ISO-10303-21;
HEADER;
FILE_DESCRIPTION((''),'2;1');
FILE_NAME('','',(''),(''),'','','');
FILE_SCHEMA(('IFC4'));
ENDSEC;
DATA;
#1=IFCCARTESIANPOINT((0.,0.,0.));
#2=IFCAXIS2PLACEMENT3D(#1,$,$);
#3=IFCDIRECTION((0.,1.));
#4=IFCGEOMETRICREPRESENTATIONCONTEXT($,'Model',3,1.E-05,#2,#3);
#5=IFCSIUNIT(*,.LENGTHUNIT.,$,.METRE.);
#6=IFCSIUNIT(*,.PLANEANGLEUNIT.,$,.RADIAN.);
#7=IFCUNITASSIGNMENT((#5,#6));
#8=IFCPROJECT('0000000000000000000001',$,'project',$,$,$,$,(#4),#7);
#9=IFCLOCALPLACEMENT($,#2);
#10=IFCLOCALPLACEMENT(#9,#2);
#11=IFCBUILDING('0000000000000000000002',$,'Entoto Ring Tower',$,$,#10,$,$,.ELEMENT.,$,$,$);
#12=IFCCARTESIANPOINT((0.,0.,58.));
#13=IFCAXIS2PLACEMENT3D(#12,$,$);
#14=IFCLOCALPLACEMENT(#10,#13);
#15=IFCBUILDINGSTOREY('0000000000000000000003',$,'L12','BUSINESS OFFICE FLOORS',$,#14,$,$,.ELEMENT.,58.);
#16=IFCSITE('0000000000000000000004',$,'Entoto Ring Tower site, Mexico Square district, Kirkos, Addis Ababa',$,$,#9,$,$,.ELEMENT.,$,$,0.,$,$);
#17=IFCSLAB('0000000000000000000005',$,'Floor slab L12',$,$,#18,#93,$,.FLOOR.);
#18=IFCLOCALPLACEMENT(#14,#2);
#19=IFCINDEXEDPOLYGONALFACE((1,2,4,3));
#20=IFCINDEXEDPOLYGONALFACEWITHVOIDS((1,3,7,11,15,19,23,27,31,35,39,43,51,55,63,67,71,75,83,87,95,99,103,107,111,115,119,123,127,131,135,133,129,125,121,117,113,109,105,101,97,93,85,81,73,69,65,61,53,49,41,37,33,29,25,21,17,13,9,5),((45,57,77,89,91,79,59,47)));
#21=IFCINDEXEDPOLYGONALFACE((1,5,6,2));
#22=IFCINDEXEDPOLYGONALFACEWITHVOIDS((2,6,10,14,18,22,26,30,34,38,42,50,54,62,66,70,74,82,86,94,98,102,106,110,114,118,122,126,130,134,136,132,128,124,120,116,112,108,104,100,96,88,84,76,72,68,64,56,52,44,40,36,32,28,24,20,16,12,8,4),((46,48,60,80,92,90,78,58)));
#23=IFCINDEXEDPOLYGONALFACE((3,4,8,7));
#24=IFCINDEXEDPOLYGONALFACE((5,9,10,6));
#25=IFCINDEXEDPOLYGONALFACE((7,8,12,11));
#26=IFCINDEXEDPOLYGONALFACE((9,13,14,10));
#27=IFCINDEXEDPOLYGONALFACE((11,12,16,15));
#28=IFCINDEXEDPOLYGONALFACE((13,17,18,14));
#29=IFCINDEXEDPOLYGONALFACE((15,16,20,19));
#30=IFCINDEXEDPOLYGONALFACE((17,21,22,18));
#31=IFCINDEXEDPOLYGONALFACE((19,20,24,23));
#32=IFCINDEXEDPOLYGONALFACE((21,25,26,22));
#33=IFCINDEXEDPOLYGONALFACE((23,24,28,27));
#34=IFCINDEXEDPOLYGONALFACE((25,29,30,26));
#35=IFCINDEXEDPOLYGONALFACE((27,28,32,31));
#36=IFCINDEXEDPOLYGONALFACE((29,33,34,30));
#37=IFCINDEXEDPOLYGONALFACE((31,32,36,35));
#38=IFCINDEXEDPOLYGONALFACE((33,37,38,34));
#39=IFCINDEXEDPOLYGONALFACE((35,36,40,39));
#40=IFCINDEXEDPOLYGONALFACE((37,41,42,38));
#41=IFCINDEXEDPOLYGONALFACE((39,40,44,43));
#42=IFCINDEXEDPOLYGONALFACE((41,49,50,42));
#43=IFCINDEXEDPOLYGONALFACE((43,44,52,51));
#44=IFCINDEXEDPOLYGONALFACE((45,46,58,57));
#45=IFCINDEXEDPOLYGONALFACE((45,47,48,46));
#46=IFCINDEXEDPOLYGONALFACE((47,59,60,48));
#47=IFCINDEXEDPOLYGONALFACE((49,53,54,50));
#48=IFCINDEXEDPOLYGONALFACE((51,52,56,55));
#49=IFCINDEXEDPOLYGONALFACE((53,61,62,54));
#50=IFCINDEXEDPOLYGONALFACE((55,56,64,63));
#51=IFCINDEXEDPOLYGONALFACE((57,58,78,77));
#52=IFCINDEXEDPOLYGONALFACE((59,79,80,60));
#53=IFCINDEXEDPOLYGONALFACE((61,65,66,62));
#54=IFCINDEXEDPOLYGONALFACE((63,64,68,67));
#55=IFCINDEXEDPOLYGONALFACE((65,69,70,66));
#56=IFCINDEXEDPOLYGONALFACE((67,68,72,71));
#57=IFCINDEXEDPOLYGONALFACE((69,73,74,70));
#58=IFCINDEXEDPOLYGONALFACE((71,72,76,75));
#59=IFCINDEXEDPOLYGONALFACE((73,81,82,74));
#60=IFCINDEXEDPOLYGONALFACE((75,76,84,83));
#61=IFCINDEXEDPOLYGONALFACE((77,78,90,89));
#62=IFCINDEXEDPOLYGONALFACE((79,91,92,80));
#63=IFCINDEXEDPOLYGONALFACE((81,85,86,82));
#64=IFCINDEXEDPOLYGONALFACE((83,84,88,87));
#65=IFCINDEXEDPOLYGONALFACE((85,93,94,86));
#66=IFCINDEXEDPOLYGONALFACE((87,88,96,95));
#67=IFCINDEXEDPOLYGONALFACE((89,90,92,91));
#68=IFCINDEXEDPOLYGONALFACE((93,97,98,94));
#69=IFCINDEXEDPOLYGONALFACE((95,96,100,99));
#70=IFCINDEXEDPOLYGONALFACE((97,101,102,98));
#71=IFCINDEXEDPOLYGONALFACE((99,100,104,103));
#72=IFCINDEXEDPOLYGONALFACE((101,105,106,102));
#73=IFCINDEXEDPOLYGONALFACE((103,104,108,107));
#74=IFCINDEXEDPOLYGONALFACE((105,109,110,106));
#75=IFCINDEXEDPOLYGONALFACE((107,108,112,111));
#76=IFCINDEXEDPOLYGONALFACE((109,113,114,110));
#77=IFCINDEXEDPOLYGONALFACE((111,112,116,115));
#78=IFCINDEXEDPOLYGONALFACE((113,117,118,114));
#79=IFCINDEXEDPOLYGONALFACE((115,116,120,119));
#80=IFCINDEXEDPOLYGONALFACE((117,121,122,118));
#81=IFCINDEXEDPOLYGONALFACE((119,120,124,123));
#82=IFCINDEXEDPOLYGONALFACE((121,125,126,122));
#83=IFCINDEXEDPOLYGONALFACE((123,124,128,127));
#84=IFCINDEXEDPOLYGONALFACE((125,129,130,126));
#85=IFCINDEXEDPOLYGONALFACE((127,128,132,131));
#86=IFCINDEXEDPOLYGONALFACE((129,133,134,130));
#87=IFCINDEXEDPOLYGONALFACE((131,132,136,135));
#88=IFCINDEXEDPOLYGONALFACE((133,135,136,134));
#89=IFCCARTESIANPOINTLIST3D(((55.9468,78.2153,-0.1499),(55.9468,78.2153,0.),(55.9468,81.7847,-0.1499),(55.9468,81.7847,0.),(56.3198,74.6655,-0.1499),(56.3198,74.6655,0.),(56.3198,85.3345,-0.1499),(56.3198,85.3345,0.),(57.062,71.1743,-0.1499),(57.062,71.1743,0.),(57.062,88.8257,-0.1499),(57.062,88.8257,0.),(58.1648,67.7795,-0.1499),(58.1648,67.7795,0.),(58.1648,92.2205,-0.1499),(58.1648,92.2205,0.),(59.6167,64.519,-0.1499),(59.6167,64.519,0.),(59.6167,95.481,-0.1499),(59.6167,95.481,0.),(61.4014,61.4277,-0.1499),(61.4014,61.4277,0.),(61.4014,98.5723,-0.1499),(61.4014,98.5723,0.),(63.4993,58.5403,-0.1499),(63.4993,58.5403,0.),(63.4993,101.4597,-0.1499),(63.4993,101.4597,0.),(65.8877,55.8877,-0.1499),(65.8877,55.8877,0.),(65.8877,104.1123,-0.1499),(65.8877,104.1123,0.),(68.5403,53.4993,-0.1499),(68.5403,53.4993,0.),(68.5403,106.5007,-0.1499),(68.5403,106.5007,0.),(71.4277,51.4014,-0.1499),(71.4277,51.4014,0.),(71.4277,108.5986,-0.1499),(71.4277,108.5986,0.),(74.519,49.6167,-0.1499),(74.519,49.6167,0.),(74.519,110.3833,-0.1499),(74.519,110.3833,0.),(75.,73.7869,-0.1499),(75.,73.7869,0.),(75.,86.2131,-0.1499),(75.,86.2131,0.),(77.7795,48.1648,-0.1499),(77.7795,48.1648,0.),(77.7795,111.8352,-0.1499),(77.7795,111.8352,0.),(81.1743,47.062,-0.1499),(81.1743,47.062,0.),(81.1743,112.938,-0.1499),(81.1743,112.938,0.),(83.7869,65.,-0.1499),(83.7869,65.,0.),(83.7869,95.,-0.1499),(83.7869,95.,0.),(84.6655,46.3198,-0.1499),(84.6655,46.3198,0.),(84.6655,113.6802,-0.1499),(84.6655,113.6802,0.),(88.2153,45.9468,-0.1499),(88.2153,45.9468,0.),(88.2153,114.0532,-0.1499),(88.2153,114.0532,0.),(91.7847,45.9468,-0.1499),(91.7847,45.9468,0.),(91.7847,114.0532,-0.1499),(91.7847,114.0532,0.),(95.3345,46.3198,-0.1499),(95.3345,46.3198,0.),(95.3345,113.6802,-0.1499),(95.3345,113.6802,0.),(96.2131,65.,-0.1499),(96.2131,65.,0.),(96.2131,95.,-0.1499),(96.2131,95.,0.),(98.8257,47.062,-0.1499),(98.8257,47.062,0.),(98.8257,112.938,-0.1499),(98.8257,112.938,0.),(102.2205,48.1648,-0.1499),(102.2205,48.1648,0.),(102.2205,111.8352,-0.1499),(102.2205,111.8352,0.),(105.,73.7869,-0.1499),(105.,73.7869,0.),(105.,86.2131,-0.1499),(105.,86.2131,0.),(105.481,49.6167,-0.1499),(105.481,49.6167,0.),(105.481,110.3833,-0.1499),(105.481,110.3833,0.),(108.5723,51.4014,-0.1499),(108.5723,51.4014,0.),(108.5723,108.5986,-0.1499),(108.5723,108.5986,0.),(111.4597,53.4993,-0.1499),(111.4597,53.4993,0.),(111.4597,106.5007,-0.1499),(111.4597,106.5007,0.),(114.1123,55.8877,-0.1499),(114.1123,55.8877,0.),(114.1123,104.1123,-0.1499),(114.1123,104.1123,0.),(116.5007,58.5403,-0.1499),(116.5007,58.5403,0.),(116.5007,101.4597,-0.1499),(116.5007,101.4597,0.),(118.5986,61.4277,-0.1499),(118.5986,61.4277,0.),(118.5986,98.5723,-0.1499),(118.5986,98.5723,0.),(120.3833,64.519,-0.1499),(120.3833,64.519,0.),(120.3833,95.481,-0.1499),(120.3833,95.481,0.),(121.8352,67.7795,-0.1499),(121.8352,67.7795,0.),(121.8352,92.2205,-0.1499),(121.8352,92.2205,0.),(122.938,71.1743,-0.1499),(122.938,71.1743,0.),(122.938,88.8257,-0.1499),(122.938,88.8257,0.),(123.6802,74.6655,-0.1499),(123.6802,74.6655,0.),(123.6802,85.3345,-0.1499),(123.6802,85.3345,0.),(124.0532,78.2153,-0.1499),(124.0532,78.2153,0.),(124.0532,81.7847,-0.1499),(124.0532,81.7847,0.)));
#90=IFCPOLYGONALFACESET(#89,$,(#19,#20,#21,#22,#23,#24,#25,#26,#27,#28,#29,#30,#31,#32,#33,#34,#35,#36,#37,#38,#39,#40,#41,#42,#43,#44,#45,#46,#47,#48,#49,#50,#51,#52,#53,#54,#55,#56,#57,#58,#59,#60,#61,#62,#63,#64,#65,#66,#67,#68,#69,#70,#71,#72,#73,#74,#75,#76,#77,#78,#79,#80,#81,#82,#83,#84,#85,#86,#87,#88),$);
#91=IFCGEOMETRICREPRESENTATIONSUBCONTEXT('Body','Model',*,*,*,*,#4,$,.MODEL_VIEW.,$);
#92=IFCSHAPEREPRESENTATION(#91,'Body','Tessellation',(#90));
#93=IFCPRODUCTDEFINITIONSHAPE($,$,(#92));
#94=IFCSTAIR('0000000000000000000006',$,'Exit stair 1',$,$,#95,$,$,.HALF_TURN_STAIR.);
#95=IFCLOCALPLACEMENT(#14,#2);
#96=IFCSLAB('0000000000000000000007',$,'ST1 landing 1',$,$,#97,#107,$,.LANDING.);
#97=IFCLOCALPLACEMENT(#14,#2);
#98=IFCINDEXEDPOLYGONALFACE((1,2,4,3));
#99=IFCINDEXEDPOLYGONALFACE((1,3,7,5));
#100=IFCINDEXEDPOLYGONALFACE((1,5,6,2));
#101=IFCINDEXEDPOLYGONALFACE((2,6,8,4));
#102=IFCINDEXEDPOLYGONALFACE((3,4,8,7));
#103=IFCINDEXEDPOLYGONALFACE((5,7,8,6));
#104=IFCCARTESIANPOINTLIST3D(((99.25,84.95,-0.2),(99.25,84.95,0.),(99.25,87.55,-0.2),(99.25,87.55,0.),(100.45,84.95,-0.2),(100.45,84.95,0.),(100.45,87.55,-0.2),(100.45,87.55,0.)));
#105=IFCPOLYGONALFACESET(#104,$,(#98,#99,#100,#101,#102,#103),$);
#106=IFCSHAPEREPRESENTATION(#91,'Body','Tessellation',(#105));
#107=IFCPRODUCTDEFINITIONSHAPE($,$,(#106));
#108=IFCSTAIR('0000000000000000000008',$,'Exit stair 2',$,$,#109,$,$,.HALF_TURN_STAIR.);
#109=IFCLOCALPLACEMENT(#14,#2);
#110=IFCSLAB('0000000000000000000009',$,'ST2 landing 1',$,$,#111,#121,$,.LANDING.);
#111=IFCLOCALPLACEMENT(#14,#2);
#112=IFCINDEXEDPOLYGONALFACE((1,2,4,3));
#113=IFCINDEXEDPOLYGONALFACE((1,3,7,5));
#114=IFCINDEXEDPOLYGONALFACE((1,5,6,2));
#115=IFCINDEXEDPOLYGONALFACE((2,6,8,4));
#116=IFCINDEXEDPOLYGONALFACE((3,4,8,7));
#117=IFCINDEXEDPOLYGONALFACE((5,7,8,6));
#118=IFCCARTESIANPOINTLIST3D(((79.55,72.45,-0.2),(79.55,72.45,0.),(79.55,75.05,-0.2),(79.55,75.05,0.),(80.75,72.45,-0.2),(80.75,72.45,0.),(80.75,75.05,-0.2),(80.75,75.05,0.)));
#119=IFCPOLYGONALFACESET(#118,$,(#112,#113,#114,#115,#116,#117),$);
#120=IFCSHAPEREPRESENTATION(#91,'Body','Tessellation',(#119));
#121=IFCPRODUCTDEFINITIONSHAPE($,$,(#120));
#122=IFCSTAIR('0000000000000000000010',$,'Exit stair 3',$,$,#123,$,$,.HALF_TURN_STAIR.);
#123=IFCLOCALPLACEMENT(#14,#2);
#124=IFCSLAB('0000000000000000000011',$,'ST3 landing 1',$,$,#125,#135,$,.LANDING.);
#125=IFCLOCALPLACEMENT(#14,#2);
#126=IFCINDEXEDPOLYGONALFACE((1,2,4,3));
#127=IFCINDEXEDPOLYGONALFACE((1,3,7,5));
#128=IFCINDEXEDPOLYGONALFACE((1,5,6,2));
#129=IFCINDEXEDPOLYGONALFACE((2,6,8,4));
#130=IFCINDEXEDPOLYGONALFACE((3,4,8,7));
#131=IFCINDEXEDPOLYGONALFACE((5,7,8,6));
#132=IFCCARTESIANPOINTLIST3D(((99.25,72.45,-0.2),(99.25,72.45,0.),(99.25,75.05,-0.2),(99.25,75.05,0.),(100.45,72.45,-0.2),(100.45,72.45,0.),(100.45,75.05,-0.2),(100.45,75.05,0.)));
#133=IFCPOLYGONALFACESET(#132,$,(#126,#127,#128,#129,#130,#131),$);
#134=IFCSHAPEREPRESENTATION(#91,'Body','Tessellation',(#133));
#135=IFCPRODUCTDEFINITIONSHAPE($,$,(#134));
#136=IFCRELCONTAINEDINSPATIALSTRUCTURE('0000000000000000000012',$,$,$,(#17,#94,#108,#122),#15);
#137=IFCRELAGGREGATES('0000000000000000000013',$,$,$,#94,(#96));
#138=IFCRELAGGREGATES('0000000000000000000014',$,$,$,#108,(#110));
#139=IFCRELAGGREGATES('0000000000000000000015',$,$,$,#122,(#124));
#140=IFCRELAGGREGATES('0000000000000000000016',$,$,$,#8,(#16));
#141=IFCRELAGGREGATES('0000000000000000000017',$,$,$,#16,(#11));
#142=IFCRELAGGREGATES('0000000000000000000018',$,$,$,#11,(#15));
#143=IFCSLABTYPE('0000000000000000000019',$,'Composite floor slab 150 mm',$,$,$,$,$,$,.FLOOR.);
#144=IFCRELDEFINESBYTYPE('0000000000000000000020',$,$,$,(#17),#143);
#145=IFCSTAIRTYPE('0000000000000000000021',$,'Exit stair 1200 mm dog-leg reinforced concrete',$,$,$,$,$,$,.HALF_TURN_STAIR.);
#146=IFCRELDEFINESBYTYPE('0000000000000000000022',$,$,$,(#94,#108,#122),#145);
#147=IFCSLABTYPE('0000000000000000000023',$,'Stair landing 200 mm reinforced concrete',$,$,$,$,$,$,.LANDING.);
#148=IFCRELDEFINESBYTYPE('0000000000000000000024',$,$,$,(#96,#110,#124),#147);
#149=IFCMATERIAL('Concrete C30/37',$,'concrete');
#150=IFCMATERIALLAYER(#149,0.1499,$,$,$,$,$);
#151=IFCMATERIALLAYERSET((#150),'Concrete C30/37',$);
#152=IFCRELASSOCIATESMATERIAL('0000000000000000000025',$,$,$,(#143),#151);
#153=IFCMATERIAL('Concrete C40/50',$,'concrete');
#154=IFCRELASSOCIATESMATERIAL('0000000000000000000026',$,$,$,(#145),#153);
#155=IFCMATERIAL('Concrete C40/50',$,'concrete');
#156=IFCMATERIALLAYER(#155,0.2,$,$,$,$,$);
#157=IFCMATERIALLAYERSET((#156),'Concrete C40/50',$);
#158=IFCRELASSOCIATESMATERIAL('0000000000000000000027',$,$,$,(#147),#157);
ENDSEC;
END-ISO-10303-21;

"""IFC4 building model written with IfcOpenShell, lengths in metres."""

from ifc_helpers import new_model, si_unit, direction, frame, origin, place, context, subcontext, project, spatial, polyline, outline, extrude, material, layer, layer_set, type_object, element, aggregate, save


model = new_model("IFC4")

# Units and contexts
model_context = context("Model", 3, precision=1e-05, world=origin(), true_north=direction((0.0, 1.0)))
body_context = subcontext(model_context, "Body", "Model", "MODEL_VIEW")
ifc_project = project(units=[si_unit("LENGTHUNIT", "METRE"), si_unit("PLANEANGLEUNIT", "RADIAN")], contexts=[model_context])

# Site, building, storey
site_placement = place(None, origin())
building_placement = place(site_placement, origin())
storey_placement = place(building_placement, frame((0.0, 0.0, 58.0)))
site = spatial("IfcSite", under=ifc_project, at=site_placement, Name="Entoto Ring Tower site, Mexico Square district, Kirkos, Addis Ababa", CompositionType="ELEMENT", RefElevation=0.0)
building = spatial("IfcBuilding", under=site, at=building_placement, Name="Entoto Ring Tower", CompositionType="ELEMENT")
storey = spatial("IfcBuildingStorey", under=building, at=storey_placement, Name="L12", Description="BUSINESS OFFICE FLOORS", CompositionType="ELEMENT", Elevation=58.0)

# Slab
ifc_material_1 = material(Name="Concrete C30/37", Category="concrete")
ifc_layer_1 = layer(ifc_material_1, 0.1499)
ifc_layer_set_1 = layer_set([ifc_layer_1], Name="Concrete C30/37")
slab_type_1 = type_object("IfcSlabType", Name="Composite floor slab 150 mm", PredefinedType="FLOOR", material=ifc_layer_set_1)
slab_1_placement = place(storey_placement, frame((0.0, 0.0, -0.1499)))
element("IfcSlab", 1, at=slab_1_placement, inside=storey, type_object=slab_type_1, Name="Floor slab L12", PredefinedType="FLOOR", context=body_context, shape_type="SweptSolid", body=[
    extrude(outline(polyline([(123.6802, 85.3345), (122.938, 88.8257), (121.8352, 92.2205), (120.3833, 95.481), (118.5986, 98.5723), (116.5007, 101.4597), (114.1123, 104.1123), (111.4597, 106.5007), (108.5723, 108.5986), (105.481, 110.3833), (102.2205, 111.8352), (98.8257, 112.938), (95.3345, 113.6802), (91.7847, 114.0532), (88.2153, 114.0532), (84.6655, 113.6802), (81.1743, 112.938), (77.7795, 111.8352), (74.519, 110.3833), (71.4277, 108.5986), (68.5403, 106.5007), (65.8877, 104.1123), (63.4993, 101.4597), (61.4014, 98.5723), (59.6167, 95.481), (58.1648, 92.2205), (57.062, 88.8257), (56.3198, 85.3345), (55.9468, 81.7847), (55.9468, 78.2153), (56.3198, 74.6655), (57.062, 71.1743), (58.1648, 67.7795), (59.6167, 64.519), (61.4014, 61.4277), (63.4993, 58.5403), (65.8877, 55.8877), (68.5403, 53.4993), (71.4277, 51.4014), (74.519, 49.6167), (77.7795, 48.1648), (81.1743, 47.062), (84.6655, 46.3198), (88.2153, 45.9468), (91.7847, 45.9468), (95.3345, 46.3198), (98.8257, 47.062), (102.2205, 48.1648), (105.481, 49.6167), (108.5723, 51.4014), (111.4597, 53.4993), (114.1123, 55.8877), (116.5007, 58.5403), (118.5986, 61.4277), (120.3833, 64.519), (121.8352, 67.7795), (122.938, 71.1743), (123.6802, 74.6655), (124.0532, 78.2153), (124.0532, 81.7847), (123.6802, 85.3345)]), holes=[polyline([(105.0, 73.7869), (105.0, 86.2131), (96.2131, 95.0), (83.7869, 95.0), (75.0, 86.2131), (75.0, 73.7869), (83.7869, 65.0), (96.2131, 65.0), (105.0, 73.7869)])]), origin(), (0.0, 0.0, 1.0), 0.1499),
])

# Stairs, slabs
ifc_material_2 = material(Name="Concrete C40/50", Category="concrete")
stair_type = type_object("IfcStairType", Name="Exit stair 1200 mm dog-leg reinforced concrete", PredefinedType="HALF_TURN_STAIR", material=ifc_material_2)
stair_1_placement = place(storey_placement, origin())
stair_1 = element("IfcStair", 2, at=stair_1_placement, inside=storey, type_object=stair_type, Name="Exit stair 1", PredefinedType="HALF_TURN_STAIR")
ifc_material_3 = material(Name="Concrete C40/50", Category="concrete")
ifc_layer_2 = layer(ifc_material_3, 0.2)
ifc_layer_set_2 = layer_set([ifc_layer_2], Name="Concrete C40/50")
slab_type_2 = type_object("IfcSlabType", Name="Stair landing 200 mm reinforced concrete", PredefinedType="LANDING", material=ifc_layer_set_2)
slab_2_placement = place(storey_placement, frame((0.0, 0.0, -0.2)))
slab_2 = element("IfcSlab", 3, at=slab_2_placement, type_object=slab_type_2, Name="ST1 landing 1", PredefinedType="LANDING", context=body_context, shape_type="SweptSolid", body=[
    extrude(outline(polyline([(100.45, 84.95), (100.45, 87.55), (99.25, 87.55), (99.25, 84.95), (100.45, 84.95)])), origin(), (0.0, 0.0, 1.0), 0.2),
])
aggregate(stair_1, [slab_2])
stair_2_placement = place(storey_placement, origin())
stair_2 = element("IfcStair", 4, at=stair_2_placement, inside=storey, type_object=stair_type, Name="Exit stair 2", PredefinedType="HALF_TURN_STAIR")
slab_3_placement = place(storey_placement, frame((0.0, 0.0, -0.2)))
slab_3 = element("IfcSlab", 5, at=slab_3_placement, type_object=slab_type_2, Name="ST2 landing 1", PredefinedType="LANDING", context=body_context, shape_type="SweptSolid", body=[
    extrude(outline(polyline([(80.75, 72.45), (80.75, 75.05), (79.55, 75.05), (79.55, 72.45), (80.75, 72.45)])), origin(), (0.0, 0.0, 1.0), 0.2),
])
aggregate(stair_2, [slab_3])
stair_3_placement = place(storey_placement, origin())
stair_3 = element("IfcStair", 6, at=stair_3_placement, inside=storey, type_object=stair_type, Name="Exit stair 3", PredefinedType="HALF_TURN_STAIR")
slab_4_placement = place(storey_placement, frame((0.0, 0.0, -0.2)))
slab_4 = element("IfcSlab", 7, at=slab_4_placement, type_object=slab_type_2, Name="ST3 landing 1", PredefinedType="LANDING", context=body_context, shape_type="SweptSolid", body=[
    extrude(outline(polyline([(100.45, 72.45), (100.45, 75.05), (99.25, 75.05), (99.25, 72.45), (100.45, 72.45)])), origin(), (0.0, 0.0, 1.0), 0.2),
])
aggregate(stair_3, [slab_4])

save(model, "model.ifc")
